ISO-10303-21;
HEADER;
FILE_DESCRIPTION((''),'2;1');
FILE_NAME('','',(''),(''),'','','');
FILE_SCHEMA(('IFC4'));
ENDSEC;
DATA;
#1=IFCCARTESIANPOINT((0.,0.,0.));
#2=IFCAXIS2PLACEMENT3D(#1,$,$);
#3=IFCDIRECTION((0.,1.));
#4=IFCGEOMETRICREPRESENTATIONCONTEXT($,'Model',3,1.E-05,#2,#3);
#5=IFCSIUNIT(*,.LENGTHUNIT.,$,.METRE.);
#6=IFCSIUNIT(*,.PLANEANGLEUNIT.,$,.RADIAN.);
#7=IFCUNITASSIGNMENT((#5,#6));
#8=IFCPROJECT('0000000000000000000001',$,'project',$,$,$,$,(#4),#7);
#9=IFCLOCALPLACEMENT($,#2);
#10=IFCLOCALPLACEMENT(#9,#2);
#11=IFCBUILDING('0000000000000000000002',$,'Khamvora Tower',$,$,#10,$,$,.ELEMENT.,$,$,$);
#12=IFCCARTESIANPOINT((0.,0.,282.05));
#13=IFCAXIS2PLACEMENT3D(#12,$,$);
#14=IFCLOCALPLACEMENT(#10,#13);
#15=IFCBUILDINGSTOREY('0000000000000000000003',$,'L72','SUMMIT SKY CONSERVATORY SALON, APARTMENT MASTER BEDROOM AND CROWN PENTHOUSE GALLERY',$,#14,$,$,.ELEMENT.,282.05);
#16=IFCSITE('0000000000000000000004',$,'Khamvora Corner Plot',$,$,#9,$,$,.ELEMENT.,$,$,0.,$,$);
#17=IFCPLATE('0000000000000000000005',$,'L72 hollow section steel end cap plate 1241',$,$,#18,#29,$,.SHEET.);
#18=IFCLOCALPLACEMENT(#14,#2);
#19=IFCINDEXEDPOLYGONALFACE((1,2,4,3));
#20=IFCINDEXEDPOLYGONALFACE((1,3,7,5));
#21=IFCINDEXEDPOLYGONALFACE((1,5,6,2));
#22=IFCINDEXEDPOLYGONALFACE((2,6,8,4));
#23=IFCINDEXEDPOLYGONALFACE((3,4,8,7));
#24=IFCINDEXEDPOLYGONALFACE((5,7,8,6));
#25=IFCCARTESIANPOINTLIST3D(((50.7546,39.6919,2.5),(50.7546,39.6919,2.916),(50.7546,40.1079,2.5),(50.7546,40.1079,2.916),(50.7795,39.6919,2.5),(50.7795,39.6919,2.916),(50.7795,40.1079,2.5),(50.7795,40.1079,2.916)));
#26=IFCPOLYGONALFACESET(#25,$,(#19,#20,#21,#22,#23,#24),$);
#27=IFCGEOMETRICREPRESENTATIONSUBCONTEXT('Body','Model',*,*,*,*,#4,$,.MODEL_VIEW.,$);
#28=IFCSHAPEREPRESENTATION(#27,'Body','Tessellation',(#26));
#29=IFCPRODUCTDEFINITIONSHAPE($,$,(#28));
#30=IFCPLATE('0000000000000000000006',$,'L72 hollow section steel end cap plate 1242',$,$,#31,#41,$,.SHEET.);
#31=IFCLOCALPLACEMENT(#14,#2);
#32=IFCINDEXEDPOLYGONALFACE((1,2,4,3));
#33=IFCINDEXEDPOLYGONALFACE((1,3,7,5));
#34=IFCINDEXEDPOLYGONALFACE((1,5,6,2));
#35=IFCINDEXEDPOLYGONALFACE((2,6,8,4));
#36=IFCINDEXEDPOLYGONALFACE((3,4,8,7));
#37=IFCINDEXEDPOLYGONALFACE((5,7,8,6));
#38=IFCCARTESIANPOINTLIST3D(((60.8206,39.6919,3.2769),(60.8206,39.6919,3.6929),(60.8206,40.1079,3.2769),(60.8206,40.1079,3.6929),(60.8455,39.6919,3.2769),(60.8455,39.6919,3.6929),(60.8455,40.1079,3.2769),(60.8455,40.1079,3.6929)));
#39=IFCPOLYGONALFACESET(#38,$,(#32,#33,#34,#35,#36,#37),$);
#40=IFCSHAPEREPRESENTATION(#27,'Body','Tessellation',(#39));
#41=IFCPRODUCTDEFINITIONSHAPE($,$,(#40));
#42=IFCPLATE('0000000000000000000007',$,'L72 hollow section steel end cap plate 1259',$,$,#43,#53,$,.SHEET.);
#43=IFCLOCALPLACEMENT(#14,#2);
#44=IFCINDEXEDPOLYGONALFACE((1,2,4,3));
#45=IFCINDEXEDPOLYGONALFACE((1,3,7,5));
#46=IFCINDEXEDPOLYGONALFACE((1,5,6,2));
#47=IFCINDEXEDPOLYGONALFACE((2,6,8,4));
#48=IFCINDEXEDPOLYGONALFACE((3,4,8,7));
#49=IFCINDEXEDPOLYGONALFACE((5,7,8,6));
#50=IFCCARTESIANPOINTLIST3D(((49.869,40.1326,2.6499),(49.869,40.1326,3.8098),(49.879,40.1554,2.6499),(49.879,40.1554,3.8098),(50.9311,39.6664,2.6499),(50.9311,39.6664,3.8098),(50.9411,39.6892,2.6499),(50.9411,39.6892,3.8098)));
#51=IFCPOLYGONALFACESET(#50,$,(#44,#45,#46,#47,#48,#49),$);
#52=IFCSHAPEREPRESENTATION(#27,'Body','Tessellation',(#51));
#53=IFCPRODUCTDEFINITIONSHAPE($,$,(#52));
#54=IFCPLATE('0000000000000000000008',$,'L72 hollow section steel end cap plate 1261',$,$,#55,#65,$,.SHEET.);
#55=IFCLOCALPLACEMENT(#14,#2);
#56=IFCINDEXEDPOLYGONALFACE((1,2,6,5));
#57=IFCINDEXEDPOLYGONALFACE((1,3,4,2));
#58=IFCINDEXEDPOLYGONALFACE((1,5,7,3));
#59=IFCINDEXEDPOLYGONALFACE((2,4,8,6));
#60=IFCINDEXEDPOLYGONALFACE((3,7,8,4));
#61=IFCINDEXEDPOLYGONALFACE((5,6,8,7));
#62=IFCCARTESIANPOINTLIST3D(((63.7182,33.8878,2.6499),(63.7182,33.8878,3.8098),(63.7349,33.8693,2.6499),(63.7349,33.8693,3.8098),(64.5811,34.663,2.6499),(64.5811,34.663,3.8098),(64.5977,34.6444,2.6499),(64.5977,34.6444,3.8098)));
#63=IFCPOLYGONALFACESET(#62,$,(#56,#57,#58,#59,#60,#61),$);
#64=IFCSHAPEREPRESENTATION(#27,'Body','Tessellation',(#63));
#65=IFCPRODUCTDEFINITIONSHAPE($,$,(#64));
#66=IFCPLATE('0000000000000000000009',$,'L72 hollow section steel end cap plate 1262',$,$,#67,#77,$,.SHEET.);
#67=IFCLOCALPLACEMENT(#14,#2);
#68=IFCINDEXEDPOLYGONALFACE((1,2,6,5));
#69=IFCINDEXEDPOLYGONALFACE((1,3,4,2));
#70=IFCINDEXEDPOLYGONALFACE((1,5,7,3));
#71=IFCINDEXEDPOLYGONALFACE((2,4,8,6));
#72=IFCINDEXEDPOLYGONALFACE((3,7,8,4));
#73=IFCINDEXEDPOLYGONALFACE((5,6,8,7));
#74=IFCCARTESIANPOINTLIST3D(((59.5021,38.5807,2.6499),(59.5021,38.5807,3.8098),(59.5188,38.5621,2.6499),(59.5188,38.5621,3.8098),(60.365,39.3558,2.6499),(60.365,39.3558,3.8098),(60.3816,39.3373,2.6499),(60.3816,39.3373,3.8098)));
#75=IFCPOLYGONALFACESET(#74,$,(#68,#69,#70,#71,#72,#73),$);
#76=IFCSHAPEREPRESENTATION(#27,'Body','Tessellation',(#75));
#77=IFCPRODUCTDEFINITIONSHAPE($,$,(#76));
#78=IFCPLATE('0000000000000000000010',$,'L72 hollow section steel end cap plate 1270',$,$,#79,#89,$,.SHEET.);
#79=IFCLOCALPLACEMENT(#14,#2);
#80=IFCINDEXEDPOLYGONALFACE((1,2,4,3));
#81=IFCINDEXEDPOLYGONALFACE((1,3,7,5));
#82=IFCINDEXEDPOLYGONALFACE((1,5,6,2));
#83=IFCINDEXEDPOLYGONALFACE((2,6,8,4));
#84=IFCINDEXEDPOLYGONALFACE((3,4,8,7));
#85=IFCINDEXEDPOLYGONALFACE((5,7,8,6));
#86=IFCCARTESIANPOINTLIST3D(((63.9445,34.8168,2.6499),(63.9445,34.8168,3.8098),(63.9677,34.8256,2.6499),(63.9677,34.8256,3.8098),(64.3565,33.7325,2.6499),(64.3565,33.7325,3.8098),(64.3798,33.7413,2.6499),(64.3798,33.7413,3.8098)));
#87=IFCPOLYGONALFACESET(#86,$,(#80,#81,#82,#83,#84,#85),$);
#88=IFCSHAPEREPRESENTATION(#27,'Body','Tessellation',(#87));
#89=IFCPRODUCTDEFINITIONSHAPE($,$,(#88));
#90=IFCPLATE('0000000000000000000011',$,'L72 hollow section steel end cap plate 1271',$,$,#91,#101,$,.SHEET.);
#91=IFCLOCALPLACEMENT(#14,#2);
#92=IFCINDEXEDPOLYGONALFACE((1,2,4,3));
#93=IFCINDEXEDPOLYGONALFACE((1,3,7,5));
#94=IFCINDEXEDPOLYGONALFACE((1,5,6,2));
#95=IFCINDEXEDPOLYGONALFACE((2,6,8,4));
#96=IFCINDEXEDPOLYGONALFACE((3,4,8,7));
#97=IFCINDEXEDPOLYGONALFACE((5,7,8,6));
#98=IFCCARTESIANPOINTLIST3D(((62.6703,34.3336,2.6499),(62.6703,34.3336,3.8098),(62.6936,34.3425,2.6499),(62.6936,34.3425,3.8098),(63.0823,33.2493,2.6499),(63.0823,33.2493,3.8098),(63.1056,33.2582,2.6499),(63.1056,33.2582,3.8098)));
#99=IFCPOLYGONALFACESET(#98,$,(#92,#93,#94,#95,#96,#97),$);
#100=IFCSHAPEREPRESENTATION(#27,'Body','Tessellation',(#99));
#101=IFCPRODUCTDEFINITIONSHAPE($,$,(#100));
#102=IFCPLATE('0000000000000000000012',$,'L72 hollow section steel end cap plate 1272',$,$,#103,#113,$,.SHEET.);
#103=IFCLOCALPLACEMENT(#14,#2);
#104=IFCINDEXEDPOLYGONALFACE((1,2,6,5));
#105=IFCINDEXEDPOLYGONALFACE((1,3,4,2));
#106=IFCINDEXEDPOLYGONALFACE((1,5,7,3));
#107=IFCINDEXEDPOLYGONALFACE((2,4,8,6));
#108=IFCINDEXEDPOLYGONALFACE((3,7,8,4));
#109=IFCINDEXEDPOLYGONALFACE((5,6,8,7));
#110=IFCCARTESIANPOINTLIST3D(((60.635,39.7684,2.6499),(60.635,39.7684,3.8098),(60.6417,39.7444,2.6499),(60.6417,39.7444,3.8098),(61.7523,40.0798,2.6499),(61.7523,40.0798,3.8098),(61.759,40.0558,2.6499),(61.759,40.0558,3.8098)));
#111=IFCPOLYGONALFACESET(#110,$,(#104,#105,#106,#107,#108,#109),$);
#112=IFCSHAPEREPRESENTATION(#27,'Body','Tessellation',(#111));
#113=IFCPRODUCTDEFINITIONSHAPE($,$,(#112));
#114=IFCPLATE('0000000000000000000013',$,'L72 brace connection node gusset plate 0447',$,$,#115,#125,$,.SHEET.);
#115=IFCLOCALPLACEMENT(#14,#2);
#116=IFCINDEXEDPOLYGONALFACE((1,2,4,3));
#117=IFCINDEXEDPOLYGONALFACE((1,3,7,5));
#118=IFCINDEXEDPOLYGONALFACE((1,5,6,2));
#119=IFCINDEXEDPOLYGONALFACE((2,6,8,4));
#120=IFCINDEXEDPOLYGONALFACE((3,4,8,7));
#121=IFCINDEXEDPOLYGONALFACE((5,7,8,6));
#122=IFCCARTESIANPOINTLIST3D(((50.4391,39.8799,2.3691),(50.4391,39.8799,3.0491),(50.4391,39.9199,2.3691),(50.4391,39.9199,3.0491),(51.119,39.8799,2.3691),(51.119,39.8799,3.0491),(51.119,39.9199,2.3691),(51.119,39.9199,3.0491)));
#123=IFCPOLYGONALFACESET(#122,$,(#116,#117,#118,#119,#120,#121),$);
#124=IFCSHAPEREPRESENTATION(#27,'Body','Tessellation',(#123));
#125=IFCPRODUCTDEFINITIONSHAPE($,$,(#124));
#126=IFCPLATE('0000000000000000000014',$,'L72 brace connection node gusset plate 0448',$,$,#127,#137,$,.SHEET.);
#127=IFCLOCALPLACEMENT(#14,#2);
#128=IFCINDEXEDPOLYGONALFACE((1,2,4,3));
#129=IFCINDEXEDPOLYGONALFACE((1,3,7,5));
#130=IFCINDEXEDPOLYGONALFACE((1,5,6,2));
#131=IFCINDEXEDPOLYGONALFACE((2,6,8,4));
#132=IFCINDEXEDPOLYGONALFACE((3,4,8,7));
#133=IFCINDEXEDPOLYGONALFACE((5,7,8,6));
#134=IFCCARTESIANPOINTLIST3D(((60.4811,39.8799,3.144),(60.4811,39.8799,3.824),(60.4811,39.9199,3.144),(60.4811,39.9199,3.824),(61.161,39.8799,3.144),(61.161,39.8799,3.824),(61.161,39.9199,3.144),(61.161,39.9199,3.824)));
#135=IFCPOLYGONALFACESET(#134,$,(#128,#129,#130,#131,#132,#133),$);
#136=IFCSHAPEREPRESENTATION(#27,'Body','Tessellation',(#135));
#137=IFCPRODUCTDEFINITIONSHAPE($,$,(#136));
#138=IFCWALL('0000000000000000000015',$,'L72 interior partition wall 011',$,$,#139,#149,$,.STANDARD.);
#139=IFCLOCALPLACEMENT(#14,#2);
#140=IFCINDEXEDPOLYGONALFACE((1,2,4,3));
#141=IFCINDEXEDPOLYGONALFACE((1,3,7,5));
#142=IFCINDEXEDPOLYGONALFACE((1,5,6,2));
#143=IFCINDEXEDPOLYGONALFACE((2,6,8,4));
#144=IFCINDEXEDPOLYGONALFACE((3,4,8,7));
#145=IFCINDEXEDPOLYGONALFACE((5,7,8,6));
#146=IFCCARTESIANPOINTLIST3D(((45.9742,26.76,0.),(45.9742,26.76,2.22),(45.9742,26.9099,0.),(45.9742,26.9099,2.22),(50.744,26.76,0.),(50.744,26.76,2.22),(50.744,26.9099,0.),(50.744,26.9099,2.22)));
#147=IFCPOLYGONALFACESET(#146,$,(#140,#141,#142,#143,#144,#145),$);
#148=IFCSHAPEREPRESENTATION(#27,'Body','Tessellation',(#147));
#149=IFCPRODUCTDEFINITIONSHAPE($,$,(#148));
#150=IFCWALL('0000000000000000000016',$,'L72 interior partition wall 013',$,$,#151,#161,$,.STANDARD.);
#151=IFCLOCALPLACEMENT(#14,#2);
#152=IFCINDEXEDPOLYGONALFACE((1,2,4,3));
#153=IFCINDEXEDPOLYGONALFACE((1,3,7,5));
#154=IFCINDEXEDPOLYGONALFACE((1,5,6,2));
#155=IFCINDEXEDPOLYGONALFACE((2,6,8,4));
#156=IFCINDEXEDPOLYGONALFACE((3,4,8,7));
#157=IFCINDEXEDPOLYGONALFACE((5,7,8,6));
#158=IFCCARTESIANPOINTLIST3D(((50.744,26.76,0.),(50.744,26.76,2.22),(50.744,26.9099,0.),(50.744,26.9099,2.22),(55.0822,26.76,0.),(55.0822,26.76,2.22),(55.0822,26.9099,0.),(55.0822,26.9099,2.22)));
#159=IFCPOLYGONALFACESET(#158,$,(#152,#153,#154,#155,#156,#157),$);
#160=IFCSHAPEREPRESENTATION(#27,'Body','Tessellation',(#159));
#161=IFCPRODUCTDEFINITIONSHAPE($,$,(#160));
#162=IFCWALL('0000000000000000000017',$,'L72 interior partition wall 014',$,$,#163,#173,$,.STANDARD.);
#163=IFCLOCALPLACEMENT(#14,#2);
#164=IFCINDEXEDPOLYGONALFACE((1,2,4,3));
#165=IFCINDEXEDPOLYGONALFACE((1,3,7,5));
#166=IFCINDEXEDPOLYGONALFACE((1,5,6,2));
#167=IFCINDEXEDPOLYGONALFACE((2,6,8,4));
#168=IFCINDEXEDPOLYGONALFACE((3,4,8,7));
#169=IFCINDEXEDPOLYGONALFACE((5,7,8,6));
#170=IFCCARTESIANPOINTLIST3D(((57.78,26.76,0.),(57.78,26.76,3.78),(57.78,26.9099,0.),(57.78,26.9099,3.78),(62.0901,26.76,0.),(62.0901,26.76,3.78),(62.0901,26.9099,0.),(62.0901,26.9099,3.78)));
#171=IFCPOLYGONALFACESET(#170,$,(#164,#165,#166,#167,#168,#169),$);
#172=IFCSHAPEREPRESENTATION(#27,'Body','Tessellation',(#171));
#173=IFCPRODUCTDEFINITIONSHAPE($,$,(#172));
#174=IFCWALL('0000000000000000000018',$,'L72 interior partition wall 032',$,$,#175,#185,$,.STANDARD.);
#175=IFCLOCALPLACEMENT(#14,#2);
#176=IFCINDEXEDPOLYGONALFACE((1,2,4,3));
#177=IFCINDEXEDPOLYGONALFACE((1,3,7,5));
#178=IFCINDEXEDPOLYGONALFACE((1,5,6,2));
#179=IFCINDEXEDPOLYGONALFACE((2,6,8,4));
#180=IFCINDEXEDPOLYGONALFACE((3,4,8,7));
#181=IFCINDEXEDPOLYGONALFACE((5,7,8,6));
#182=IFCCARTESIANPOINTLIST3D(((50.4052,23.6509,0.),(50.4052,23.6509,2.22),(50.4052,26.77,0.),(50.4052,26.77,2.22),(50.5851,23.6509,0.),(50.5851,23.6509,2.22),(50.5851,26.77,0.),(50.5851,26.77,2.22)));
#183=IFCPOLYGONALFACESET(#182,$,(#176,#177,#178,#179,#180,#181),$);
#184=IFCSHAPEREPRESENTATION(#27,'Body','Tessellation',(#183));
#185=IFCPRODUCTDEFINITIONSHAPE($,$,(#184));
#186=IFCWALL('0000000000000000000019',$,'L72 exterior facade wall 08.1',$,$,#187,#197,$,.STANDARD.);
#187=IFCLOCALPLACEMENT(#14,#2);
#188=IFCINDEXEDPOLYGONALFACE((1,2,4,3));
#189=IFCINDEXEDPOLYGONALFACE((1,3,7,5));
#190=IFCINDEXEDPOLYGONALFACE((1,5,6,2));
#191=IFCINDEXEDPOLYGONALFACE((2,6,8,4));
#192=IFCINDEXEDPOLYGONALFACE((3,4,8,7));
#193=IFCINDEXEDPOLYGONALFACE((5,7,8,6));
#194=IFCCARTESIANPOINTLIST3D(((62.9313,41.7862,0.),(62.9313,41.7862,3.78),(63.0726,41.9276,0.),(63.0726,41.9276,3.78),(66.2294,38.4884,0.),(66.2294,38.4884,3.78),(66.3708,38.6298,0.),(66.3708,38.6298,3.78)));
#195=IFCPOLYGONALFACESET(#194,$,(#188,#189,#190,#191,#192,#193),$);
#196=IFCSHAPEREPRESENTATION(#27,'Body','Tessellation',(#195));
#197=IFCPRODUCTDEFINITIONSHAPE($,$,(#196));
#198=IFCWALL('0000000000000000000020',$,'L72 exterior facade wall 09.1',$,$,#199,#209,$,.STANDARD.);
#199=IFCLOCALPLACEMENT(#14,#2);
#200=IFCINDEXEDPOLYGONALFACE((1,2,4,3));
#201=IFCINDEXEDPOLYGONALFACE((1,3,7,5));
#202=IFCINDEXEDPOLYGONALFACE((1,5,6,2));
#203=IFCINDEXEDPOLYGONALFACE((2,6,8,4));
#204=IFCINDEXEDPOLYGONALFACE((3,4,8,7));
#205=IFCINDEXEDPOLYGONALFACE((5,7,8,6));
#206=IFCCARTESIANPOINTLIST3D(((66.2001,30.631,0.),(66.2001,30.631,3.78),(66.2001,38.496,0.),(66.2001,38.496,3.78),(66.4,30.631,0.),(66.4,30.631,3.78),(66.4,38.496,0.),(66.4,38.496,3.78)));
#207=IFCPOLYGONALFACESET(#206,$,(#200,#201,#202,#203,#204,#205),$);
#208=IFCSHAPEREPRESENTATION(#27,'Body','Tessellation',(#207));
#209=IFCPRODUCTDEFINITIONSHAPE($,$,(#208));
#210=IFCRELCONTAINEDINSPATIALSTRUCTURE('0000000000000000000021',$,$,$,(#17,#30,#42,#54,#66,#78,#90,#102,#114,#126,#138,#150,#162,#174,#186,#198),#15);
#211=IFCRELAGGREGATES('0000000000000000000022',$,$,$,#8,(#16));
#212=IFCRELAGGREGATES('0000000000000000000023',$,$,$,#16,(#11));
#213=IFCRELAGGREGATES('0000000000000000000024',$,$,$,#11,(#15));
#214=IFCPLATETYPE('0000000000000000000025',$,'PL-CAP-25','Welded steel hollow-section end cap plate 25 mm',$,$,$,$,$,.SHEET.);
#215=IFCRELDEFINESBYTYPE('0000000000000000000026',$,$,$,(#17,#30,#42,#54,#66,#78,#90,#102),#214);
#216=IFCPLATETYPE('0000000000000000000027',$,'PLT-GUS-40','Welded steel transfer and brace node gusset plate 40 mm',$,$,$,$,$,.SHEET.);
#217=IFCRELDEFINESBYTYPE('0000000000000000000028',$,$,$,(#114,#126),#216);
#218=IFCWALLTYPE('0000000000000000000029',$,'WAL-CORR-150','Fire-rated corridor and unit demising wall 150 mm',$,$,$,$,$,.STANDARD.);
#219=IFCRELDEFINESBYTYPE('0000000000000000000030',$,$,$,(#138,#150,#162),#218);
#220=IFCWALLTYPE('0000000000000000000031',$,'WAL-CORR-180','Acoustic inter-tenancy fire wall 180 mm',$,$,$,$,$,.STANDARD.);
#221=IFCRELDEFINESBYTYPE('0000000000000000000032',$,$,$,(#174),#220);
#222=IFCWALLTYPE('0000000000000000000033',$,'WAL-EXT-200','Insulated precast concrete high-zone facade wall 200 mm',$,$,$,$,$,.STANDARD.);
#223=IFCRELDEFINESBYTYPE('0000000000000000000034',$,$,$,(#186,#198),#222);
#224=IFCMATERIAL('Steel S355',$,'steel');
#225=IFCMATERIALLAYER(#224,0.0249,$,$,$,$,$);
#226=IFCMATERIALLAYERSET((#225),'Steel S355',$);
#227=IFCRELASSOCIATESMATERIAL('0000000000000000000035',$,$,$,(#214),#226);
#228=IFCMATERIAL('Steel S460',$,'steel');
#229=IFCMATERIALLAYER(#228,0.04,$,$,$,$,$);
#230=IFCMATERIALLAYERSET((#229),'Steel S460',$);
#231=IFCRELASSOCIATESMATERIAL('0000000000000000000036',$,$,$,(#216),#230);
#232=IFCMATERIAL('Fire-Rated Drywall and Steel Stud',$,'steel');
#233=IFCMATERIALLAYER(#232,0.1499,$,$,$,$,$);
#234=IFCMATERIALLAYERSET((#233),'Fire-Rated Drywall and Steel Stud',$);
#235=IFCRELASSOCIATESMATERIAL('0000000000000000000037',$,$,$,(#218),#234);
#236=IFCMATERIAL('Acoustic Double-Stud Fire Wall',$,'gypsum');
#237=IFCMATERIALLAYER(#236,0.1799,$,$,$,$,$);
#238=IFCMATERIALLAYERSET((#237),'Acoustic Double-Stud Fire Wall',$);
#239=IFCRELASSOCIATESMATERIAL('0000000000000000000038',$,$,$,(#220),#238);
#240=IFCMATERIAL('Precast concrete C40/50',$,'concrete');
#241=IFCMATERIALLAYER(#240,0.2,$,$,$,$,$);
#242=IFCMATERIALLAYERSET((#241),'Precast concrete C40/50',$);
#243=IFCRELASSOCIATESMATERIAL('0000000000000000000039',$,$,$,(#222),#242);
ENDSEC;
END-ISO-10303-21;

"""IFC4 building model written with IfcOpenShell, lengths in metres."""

from ifc_helpers import new_model, si_unit, direction, frame, frame_2d, origin, origin_2d, place, context, subcontext, project, spatial, rectangle, extrude, material, layer, layer_set, type_object, element, save


model = new_model("IFC4")

# Units and contexts
model_context = context("Model", 3, precision=1e-05, world=origin(), true_north=direction((0.0, 1.0)))
body_context = subcontext(model_context, "Body", "Model", "MODEL_VIEW")
ifc_project = project(units=[si_unit("LENGTHUNIT", "METRE"), si_unit("PLANEANGLEUNIT", "RADIAN")], contexts=[model_context])

# Site, building, storey
site_placement = place(None, origin())
site = spatial("IfcSite", under=ifc_project, at=site_placement, Name="Khamvora Corner Plot", CompositionType="ELEMENT", RefElevation=0.0)
building_placement = place(site_placement, origin())
building = spatial("IfcBuilding", under=site, at=building_placement, Name="Khamvora Tower", CompositionType="ELEMENT")
storey_placement = place(building_placement, frame((0.0, 0.0, 282.05)))
storey = spatial("IfcBuildingStorey", under=building, at=storey_placement, Name="L72", Description="SUMMIT SKY CONSERVATORY SALON, APARTMENT MASTER BEDROOM AND CROWN PENTHOUSE GALLERY", CompositionType="ELEMENT", Elevation=282.05)

# Shared definitions
ifc_material_1 = material(Name="Steel S355", Category="steel")

# Shared definitions
ifc_material_2 = material(Name="Steel S460", Category="steel")

# Plates
ifc_layer_1 = layer(ifc_material_1, 0.0249)
ifc_layer_set_1 = layer_set([ifc_layer_1], Name="Steel S355")
plate_type_1 = type_object("IfcPlateType", Name="PL-CAP-25", Description="Welded steel hollow-section end cap plate 25 mm", PredefinedType="SHEET", material=ifc_layer_set_1)
for number, where, z_axis, x_axis, name in (
    (1, (50.7671, 39.8999, 2.5), (0.0, 0.0, 1.0), (1.0, 0.0, 0.0), "L72 hollow section steel end cap plate 1241"),
    (2, (60.833, 39.8999, 3.2769), (0.0, 0.0, 1.0), (1.0, 0.0, 0.0), "L72 hollow section steel end cap plate 1242"),
):
    element("IfcPlate", number, at=place(storey_placement, frame(where, z_axis=z_axis, x_axis=x_axis)), inside=storey, type_object=plate_type_1, Name=name, PredefinedType="SHEET", context=body_context, shape_type="SweptSolid", body=[
        extrude(rectangle(XDim=0.0249, YDim=0.416, at=origin_2d()), origin(), (0.0, 0.0, 1.0), 0.416),
    ])
for number, where, z_axis, x_axis, name in (
    (3, (50.405, 39.9109, 2.6499), (0.0, 0.0, 1.0), (-0.401932, -0.91567, 0.0), "L72 hollow section steel end cap plate 1259"),
    (4, (64.158, 34.2661, 2.6499), (0.0, 0.0, 1.0), (-0.6683, 0.743892, 0.0), "L72 hollow section steel end cap plate 1261"),
    (5, (59.9419, 38.959, 2.6499), (0.0, 0.0, 1.0), (-0.6683, 0.743892, 0.0), "L72 hollow section steel end cap plate 1262"),
    (6, (64.1621, 34.2791, 2.6499), (0.0, 0.0, 1.0), (-0.934782, -0.355221, 0.0), "L72 hollow section steel end cap plate 1270"),
    (7, (62.8879, 33.7959, 2.6499), (0.0, 0.0, 1.0), (-0.934782, -0.355221, 0.0), "L72 hollow section steel end cap plate 1271"),
    (8, (61.197, 39.9121, 2.6499), (0.0, 0.0, 1.0), (0.268466, -0.963289, 0.0), "L72 hollow section steel end cap plate 1272"),
):
    element("IfcPlate", number, at=place(storey_placement, frame(where, z_axis=z_axis, x_axis=x_axis)), inside=storey, type_object=plate_type_1, Name=name, PredefinedType="SHEET", context=body_context, shape_type="SweptSolid", body=[
        extrude(rectangle(XDim=0.0249, YDim=1.1599, at=origin_2d()), origin(), (0.0, 0.0, 1.0), 1.1599),
    ])
ifc_layer_2 = layer(ifc_material_2, 0.04)
ifc_layer_set_2 = layer_set([ifc_layer_2], Name="Steel S460")
plate_type_2 = type_object("IfcPlateType", Name="PLT-GUS-40", Description="Welded steel transfer and brace node gusset plate 40 mm", PredefinedType="SHEET", material=ifc_layer_set_2)
for number, where, z_axis, x_axis, name in (
    (9, (50.7791, 39.8999, 2.3691), (0.0, 0.0, 1.0), (1.0, 0.0, 0.0), "L72 brace connection node gusset plate 0447"),
    (10, (60.821, 39.8999, 3.144), (0.0, 0.0, 1.0), (1.0, 0.0, 0.0), "L72 brace connection node gusset plate 0448"),
):
    element("IfcPlate", number, at=place(storey_placement, frame(where, z_axis=z_axis, x_axis=x_axis)), inside=storey, type_object=plate_type_2, Name=name, PredefinedType="SHEET", context=body_context, shape_type="SweptSolid", body=[
        extrude(rectangle(XDim=0.6799, YDim=0.04, at=origin_2d()), origin(), (0.0, 0.0, 1.0), 0.6799),
    ])

# Wall
ifc_material_3 = material(Name="Fire-Rated Drywall and Steel Stud", Category="steel")
ifc_layer_3 = layer(ifc_material_3, 0.1499)
ifc_layer_set_3 = layer_set([ifc_layer_3], Name="Fire-Rated Drywall and Steel Stud")
wall_type_1 = type_object("IfcWallType", Name="WAL-CORR-150", Description="Fire-rated corridor and unit demising wall 150 mm", PredefinedType="STANDARD", material=ifc_layer_set_3)
wall_1_placement = place(storey_placement, frame((50.7439, 26.835, 0.0), z_axis=(0.0, 0.0, 1.0), x_axis=(-1.0, 0.0, 0.0)))
element("IfcWall", 11, at=wall_1_placement, inside=storey, type_object=wall_type_1, Name="L72 interior partition wall 011", PredefinedType="STANDARD", context=body_context, shape_type="SweptSolid", body=[
    extrude(rectangle(XDim=4.7698, YDim=0.1499, at=frame_2d((2.3848, 0.0))), origin(), (0.0, 0.0, 1.0), 2.22),
])

# Walls
wall_2_placement = place(storey_placement, frame((55.082, 26.835, 0.0), z_axis=(0.0, 0.0, 1.0), x_axis=(-1.0, 0.0, 0.0)))
element("IfcWall", 12, at=wall_2_placement, inside=storey, type_object=wall_type_1, Name="L72 interior partition wall 013", PredefinedType="STANDARD", context=body_context, shape_type="SweptSolid", body=[
    extrude(rectangle(XDim=4.3381, YDim=0.1499, at=frame_2d((2.1689, 0.0))), origin(), (0.0, 0.0, 1.0), 2.22),
])
wall_3_placement = place(storey_placement, frame((62.0901, 26.835, 0.0), z_axis=(0.0, 0.0, 1.0), x_axis=(-1.0, 0.0, 0.0)))
element("IfcWall", 13, at=wall_3_placement, inside=storey, type_object=wall_type_1, Name="L72 interior partition wall 014", PredefinedType="STANDARD", context=body_context, shape_type="SweptSolid", body=[
    extrude(rectangle(XDim=4.3101, YDim=0.1499, at=frame_2d((2.155, 0.0))), origin(), (0.0, 0.0, 1.0), 3.78),
])
ifc_material_4 = material(Name="Acoustic Double-Stud Fire Wall", Category="gypsum")
ifc_layer_4 = layer(ifc_material_4, 0.1799)
ifc_layer_set_4 = layer_set([ifc_layer_4], Name="Acoustic Double-Stud Fire Wall")
wall_type_2 = type_object("IfcWallType", Name="WAL-CORR-180", Description="Acoustic inter-tenancy fire wall 180 mm", PredefinedType="STANDARD", material=ifc_layer_set_4)
wall_4_placement = place(storey_placement, frame((50.4951, 26.77, 0.0), z_axis=(0.0, 0.0, 1.0), x_axis=(0.0, -1.0, 0.0)))
element("IfcWall", 14, at=wall_4_placement, inside=storey, type_object=wall_type_2, Name="L72 interior partition wall 032", PredefinedType="STANDARD", context=body_context, shape_type="SweptSolid", body=[
    extrude(rectangle(XDim=3.1191, YDim=0.1799, at=frame_2d((1.5596, 0.0))), origin(), (0.0, 0.0, 1.0), 2.22),
])
ifc_material_5 = material(Name="Precast concrete C40/50", Category="concrete")
ifc_layer_5 = layer(ifc_material_5, 0.2)
ifc_layer_set_5 = layer_set([ifc_layer_5], Name="Precast concrete C40/50")
wall_type_3 = type_object("IfcWallType", Name="WAL-EXT-200", Description="Insulated precast concrete high-zone facade wall 200 mm", PredefinedType="STANDARD", material=ifc_layer_set_5)
wall_5_placement = place(storey_placement, frame((63.002, 41.8569, 0.0), z_axis=(0.0, 0.0, 1.0), x_axis=(0.707133, -0.707081, 0.0)))
element("IfcWall", 15, at=wall_5_placement, inside=storey, type_object=wall_type_3, Name="L72 exterior facade wall 08.1", PredefinedType="STANDARD", context=body_context, shape_type="SweptSolid", body=[
    extrude(rectangle(XDim=4.6641, YDim=0.2, at=frame_2d((2.332, 0.0))), origin(), (0.0, 0.0, 1.0), 3.78),
])
wall_6_placement = place(storey_placement, frame((66.3, 38.4961, 0.0), z_axis=(0.0, 0.0, 1.0), x_axis=(0.0, -1.0, 0.0)))
element("IfcWall", 16, at=wall_6_placement, inside=storey, type_object=wall_type_3, Name="L72 exterior facade wall 09.1", PredefinedType="STANDARD", context=body_context, shape_type="SweptSolid", body=[
    extrude(rectangle(XDim=7.865, YDim=0.2, at=frame_2d((3.9326, 0.0))), origin(), (0.0, 0.0, 1.0), 3.78),
])

save(model, "model.ifc")
